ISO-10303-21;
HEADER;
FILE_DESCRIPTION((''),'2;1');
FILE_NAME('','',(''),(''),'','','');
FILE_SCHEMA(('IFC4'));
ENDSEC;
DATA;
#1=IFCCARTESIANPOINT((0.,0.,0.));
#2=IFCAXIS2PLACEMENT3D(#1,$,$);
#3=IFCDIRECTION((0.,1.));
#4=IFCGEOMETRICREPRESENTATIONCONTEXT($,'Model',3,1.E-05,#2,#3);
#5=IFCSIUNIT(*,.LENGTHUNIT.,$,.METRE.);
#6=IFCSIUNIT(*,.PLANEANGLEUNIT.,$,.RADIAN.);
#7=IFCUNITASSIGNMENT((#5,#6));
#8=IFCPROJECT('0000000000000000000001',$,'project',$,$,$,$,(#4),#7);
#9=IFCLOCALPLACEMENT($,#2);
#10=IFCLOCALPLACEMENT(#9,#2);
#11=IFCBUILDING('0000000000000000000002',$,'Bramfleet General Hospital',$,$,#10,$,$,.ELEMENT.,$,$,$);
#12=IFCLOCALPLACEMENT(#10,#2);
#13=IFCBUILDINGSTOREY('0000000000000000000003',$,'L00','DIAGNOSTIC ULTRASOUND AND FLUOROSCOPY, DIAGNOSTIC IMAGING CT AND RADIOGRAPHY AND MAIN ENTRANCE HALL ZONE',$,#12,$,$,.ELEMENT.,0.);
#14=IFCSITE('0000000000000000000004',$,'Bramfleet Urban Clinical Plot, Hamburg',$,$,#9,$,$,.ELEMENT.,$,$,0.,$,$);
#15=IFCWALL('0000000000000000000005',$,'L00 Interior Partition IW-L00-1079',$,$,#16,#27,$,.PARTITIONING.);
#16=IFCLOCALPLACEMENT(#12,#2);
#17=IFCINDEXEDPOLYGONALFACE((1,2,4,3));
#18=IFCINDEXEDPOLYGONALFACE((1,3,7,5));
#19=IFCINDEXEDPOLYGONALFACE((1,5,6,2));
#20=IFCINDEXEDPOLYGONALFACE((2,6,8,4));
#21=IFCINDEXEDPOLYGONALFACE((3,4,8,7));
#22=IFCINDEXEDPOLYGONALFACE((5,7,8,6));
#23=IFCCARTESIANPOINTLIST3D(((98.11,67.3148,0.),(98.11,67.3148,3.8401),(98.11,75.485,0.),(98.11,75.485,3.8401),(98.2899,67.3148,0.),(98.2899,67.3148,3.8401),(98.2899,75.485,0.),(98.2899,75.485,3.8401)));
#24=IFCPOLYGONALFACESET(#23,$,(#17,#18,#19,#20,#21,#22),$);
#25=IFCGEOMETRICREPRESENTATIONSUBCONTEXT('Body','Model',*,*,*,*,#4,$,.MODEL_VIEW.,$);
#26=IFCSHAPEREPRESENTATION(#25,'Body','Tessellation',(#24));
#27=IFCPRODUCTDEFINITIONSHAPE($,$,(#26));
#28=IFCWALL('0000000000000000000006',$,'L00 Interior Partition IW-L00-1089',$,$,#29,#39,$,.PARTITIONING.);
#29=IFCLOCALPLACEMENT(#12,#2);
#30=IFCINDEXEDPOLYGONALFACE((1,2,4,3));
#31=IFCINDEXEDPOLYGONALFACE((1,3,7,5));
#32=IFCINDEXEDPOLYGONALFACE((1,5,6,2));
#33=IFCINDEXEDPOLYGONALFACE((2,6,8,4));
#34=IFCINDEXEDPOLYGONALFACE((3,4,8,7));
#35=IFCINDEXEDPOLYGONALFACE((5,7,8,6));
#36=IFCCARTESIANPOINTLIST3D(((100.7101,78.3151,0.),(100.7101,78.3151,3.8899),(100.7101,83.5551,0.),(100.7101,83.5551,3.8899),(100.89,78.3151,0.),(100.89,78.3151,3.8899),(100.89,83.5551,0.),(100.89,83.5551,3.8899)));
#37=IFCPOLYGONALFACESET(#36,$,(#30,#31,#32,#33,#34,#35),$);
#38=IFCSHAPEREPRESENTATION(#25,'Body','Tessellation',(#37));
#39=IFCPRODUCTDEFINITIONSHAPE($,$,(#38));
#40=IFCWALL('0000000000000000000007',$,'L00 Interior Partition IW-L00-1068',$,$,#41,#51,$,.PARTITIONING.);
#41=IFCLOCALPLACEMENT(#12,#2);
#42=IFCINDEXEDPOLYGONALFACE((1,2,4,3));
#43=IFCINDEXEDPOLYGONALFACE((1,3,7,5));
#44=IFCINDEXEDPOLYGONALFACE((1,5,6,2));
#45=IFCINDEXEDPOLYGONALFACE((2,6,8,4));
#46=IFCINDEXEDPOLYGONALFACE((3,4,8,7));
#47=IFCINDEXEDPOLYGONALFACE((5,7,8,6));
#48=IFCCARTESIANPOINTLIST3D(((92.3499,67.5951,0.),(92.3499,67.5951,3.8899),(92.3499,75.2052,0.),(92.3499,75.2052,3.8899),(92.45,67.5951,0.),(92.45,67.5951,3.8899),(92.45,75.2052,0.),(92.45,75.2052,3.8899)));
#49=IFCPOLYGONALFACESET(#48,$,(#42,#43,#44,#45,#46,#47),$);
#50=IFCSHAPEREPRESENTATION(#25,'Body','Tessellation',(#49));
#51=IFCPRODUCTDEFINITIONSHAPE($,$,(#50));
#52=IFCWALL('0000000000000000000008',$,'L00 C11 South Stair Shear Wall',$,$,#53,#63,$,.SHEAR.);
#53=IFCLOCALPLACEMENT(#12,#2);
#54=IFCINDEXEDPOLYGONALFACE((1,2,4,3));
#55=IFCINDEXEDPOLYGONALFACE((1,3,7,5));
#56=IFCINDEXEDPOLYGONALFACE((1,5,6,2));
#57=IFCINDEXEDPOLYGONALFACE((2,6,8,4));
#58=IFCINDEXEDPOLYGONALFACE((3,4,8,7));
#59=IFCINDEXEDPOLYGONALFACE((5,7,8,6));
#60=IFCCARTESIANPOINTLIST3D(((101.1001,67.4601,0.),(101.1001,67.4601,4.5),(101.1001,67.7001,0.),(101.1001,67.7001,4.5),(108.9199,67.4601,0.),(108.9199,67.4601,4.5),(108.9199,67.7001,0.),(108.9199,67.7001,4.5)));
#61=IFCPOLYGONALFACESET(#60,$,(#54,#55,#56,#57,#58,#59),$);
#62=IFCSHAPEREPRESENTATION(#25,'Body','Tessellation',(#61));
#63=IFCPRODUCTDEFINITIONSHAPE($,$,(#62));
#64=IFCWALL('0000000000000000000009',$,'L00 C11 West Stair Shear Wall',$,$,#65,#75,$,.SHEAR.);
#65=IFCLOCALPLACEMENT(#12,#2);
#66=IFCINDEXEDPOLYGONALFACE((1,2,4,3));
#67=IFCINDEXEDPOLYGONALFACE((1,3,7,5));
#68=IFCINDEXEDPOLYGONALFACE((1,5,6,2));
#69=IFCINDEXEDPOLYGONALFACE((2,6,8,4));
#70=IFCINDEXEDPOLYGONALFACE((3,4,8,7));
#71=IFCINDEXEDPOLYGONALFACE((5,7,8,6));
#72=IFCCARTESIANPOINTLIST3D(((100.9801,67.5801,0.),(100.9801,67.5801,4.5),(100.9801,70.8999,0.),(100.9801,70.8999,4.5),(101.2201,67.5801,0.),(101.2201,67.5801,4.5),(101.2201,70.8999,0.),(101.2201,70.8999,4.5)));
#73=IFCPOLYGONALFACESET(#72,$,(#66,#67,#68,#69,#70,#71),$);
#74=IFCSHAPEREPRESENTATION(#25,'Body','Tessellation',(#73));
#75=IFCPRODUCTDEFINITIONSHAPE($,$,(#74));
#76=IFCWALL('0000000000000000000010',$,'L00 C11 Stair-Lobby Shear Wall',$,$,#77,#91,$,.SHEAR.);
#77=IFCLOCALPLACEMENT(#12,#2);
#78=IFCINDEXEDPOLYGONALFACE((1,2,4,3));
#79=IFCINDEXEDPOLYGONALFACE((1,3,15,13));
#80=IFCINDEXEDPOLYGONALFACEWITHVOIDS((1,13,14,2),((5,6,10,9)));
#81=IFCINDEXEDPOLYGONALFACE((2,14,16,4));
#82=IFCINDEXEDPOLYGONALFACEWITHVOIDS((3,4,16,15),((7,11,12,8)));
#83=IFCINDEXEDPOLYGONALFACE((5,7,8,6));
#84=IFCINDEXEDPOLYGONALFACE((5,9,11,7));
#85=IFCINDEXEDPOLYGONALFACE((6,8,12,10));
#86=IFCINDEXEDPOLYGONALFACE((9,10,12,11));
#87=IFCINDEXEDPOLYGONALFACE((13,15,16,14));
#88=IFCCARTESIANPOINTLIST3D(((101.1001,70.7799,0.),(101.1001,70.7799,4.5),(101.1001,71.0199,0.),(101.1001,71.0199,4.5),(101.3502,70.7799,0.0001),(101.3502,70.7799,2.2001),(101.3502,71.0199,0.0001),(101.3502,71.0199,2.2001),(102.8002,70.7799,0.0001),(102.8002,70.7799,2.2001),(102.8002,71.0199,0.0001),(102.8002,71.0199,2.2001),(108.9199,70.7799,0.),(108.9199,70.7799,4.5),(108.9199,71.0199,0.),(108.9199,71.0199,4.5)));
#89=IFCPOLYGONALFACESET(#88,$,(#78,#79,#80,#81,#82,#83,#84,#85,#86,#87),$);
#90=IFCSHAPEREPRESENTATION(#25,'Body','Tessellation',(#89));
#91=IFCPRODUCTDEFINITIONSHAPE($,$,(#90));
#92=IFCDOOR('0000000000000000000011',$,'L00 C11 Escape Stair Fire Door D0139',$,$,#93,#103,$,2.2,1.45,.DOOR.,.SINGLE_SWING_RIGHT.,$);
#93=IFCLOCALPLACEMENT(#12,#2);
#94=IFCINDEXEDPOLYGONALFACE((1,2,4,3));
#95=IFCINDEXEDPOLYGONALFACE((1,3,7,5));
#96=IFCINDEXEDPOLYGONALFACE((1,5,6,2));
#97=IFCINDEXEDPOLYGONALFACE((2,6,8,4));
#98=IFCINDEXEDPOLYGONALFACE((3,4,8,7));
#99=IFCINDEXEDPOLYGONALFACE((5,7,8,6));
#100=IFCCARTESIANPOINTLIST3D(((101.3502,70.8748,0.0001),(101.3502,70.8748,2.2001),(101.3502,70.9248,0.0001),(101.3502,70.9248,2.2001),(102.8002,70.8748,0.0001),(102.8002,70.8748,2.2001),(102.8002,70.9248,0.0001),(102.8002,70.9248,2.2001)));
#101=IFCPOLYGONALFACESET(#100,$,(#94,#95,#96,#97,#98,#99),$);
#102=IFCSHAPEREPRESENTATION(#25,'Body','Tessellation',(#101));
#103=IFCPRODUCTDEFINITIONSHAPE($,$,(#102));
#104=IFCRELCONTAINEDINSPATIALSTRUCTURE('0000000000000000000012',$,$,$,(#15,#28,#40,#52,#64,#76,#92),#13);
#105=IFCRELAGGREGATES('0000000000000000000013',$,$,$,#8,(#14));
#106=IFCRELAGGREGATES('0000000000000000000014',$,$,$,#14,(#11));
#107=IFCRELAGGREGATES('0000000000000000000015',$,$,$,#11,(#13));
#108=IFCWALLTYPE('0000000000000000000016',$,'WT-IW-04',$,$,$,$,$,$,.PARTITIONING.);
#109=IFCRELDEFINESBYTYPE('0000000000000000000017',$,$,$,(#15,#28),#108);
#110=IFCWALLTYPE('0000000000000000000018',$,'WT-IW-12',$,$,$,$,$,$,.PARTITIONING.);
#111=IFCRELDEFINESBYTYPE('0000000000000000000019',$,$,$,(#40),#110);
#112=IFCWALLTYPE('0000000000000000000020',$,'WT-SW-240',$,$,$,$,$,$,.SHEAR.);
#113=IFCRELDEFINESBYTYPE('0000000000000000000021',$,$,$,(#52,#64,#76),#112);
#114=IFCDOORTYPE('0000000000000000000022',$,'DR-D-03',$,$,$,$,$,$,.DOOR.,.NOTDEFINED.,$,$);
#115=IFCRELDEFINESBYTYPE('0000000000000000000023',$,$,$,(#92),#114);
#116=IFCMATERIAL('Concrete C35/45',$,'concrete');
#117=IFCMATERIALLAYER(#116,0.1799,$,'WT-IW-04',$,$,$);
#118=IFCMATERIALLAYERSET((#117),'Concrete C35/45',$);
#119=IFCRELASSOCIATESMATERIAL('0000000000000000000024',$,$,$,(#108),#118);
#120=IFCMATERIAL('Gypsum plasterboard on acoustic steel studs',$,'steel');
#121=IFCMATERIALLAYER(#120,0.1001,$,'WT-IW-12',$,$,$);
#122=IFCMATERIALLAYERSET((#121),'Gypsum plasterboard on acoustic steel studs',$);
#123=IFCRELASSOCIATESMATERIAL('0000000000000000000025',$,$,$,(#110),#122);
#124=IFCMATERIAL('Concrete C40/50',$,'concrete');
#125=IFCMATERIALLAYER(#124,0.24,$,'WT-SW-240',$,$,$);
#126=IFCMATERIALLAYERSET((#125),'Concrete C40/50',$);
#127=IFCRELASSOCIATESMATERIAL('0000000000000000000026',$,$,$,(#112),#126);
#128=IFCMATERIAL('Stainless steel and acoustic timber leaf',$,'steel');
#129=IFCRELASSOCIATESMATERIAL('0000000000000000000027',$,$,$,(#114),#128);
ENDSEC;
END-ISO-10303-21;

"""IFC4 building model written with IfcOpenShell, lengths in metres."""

from ifc_helpers import new_model, si_unit, direction, frame, frame_2d, origin, place, context, subcontext, project, spatial, rectangle, extrude, material, layer, layer_set, type_object, element, fill, save


model = new_model("IFC4")

# Units and contexts
model_context = context("Model", 3, precision=1e-05, world=origin(), true_north=direction((0.0, 1.0)))
body_context = subcontext(model_context, "Body", "Model", "MODEL_VIEW")
ifc_project = project(units=[si_unit("LENGTHUNIT", "METRE"), si_unit("PLANEANGLEUNIT", "RADIAN")], contexts=[model_context])

# Site, building, storey
site_placement = place(None, origin())
site = spatial("IfcSite", under=ifc_project, at=site_placement, Name="Bramfleet Urban Clinical Plot, Hamburg", CompositionType="ELEMENT", RefElevation=0.0)
building_placement = place(site_placement, origin())
building = spatial("IfcBuilding", under=site, at=building_placement, Name="Bramfleet General Hospital", CompositionType="ELEMENT")
storey_placement = place(building_placement, origin())
storey = spatial("IfcBuildingStorey", under=building, at=storey_placement, Name="L00", Description="DIAGNOSTIC ULTRASOUND AND FLUOROSCOPY, DIAGNOSTIC IMAGING CT AND RADIOGRAPHY AND MAIN ENTRANCE HALL ZONE", CompositionType="ELEMENT", Elevation=0.0)

# Shared definitions
ifc_material_1 = material(Name="Concrete C40/50", Category="concrete")

# Shared definitions
ifc_material_2 = material(Name="Concrete C35/45", Category="concrete")

# Shared definitions
ifc_layer_1 = layer(ifc_material_2, 0.1799, Name="WT-IW-04")
ifc_layer_set_1 = layer_set([ifc_layer_1], Name="Concrete C35/45")
wall_type_1 = type_object("IfcWallType", Name="WT-IW-04", PredefinedType="PARTITIONING", material=ifc_layer_set_1)
ifc_material_3 = material(Name="Stainless steel and acoustic timber leaf", Category="steel")

# Walls
wall_1_placement = place(storey_placement, frame((98.2, 67.3149, 0.0), z_axis=(0.0, 0.0, 1.0), x_axis=(0.0, 1.0, 0.0)))
element("IfcWall", 1, at=wall_1_placement, inside=storey, type_object=wall_type_1, Name="L00 Interior Partition IW-L00-1079", PredefinedType="PARTITIONING", context=body_context, shape_type="SweptSolid", body=[
    extrude(rectangle(XDim=8.1702, YDim=0.1799, at=frame_2d((4.085, 0.0))), origin(), (0.0, 0.0, 1.0), 3.8401),
])
wall_2_placement = place(storey_placement, frame((100.8, 78.3149, 0.0), z_axis=(0.0, 0.0, 1.0), x_axis=(0.0, 1.0, 0.0)))
element("IfcWall", 2, at=wall_2_placement, inside=storey, type_object=wall_type_1, Name="L00 Interior Partition IW-L00-1089", PredefinedType="PARTITIONING", context=body_context, shape_type="SweptSolid", body=[
    extrude(rectangle(XDim=5.24, YDim=0.1799, at=frame_2d((2.6201, 0.0))), origin(), (0.0, 0.0, 1.0), 3.8899),
])
ifc_material_4 = material(Name="Gypsum plasterboard on acoustic steel studs", Category="steel")
ifc_layer_2 = layer(ifc_material_4, 0.1001, Name="WT-IW-12")
ifc_layer_set_2 = layer_set([ifc_layer_2], Name="Gypsum plasterboard on acoustic steel studs")
wall_type_2 = type_object("IfcWallType", Name="WT-IW-12", PredefinedType="PARTITIONING", material=ifc_layer_set_2)
wall_3_placement = place(storey_placement, frame((92.3999, 67.595, 0.0), z_axis=(0.0, 0.0, 1.0), x_axis=(0.0, 1.0, 0.0)))
element("IfcWall", 3, at=wall_3_placement, inside=storey, type_object=wall_type_2, Name="L00 Interior Partition IW-L00-1068", PredefinedType="PARTITIONING", context=body_context, shape_type="SweptSolid", body=[
    extrude(rectangle(XDim=7.6101, YDim=0.1001, at=frame_2d((3.8052, 0.0))), origin(), (0.0, 0.0, 1.0), 3.8899),
])
ifc_layer_3 = layer(ifc_material_1, 0.24, Name="WT-SW-240")
ifc_layer_set_3 = layer_set([ifc_layer_3], Name="Concrete C40/50")
wall_type_3 = type_object("IfcWallType", Name="WT-SW-240", PredefinedType="SHEAR", material=ifc_layer_set_3)
wall_4_placement = place(storey_placement, frame((101.1001, 67.5801, 0.0), z_axis=(0.0, 0.0, 1.0), x_axis=(1.0, 0.0, 0.0)))
element("IfcWall", 4, at=wall_4_placement, inside=storey, type_object=wall_type_3, Name="L00 C11 South Stair Shear Wall", PredefinedType="SHEAR", context=body_context, shape_type="SweptSolid", body=[
    extrude(rectangle(XDim=7.8198, YDim=0.24, at=frame_2d((3.9099, 0.0))), origin(), (0.0, 0.0, 1.0), 4.5),
])
wall_5_placement = place(storey_placement, frame((101.1001, 67.5801, 0.0), z_axis=(0.0, 0.0, 1.0), x_axis=(0.0, 1.0, 0.0)))
element("IfcWall", 5, at=wall_5_placement, inside=storey, type_object=wall_type_3, Name="L00 C11 West Stair Shear Wall", PredefinedType="SHEAR", context=body_context, shape_type="SweptSolid", body=[
    extrude(rectangle(XDim=3.3198, YDim=0.24, at=frame_2d((1.6599, 0.0))), origin(), (0.0, 0.0, 1.0), 4.5),
])

# Wall, opening, door
wall_6_placement = place(storey_placement, frame((101.1001, 70.8999, 0.0), z_axis=(0.0, 0.0, 1.0), x_axis=(1.0, 0.0, 0.0)))
wall_6 = element("IfcWall", 6, at=wall_6_placement, inside=storey, type_object=wall_type_3, Name="L00 C11 Stair-Lobby Shear Wall", PredefinedType="SHEAR", context=body_context, shape_type="SweptSolid", body=[
    extrude(rectangle(XDim=7.8198, YDim=0.24, at=frame_2d((3.9099, 0.0))), origin(), (0.0, 0.0, 1.0), 4.5),
])
opening_1_placement = place(wall_6_placement, frame((0.25, 0.0, 0.0)))
opening_1 = element("IfcOpeningElement", 7, at=opening_1_placement, cuts=wall_6, PredefinedType="OPENING", context=body_context, shape_type="SweptSolid", body=[
    extrude(rectangle(XDim=1.45, YDim=2.2, at=frame_2d((0.7251, 1.1001))), frame((0.0, 0.1299, 0.0), z_axis=(0.0, -1.0, 0.0), x_axis=(1.0, 0.0, 0.0)), (0.0, 0.0, 1.0), 0.26),
])
door_type_1 = type_object("IfcDoorType", Name="DR-D-03", OperationType="NOTDEFINED", PredefinedType="DOOR", material=ifc_material_3)
door_1_placement = place(opening_1_placement, origin())
door_1 = element("IfcDoor", 8, at=door_1_placement, inside=storey, type_object=door_type_1, Name="L00 C11 Escape Stair Fire Door D0139", OperationType="SINGLE_SWING_RIGHT", OverallHeight=2.2, OverallWidth=1.45, PredefinedType="DOOR", context=body_context, shape_type="SweptSolid", body=[
    extrude(rectangle(XDim=1.45, YDim=2.2, at=frame_2d((0.7251, 1.1001))), frame((0.0, 0.0249, 0.0), z_axis=(0.0, -1.0, 0.0), x_axis=(1.0, 0.0, 0.0)), (0.0, 0.0, 1.0), 0.05),
])
fill(opening_1, door_1)

save(model, "model.ifc")
